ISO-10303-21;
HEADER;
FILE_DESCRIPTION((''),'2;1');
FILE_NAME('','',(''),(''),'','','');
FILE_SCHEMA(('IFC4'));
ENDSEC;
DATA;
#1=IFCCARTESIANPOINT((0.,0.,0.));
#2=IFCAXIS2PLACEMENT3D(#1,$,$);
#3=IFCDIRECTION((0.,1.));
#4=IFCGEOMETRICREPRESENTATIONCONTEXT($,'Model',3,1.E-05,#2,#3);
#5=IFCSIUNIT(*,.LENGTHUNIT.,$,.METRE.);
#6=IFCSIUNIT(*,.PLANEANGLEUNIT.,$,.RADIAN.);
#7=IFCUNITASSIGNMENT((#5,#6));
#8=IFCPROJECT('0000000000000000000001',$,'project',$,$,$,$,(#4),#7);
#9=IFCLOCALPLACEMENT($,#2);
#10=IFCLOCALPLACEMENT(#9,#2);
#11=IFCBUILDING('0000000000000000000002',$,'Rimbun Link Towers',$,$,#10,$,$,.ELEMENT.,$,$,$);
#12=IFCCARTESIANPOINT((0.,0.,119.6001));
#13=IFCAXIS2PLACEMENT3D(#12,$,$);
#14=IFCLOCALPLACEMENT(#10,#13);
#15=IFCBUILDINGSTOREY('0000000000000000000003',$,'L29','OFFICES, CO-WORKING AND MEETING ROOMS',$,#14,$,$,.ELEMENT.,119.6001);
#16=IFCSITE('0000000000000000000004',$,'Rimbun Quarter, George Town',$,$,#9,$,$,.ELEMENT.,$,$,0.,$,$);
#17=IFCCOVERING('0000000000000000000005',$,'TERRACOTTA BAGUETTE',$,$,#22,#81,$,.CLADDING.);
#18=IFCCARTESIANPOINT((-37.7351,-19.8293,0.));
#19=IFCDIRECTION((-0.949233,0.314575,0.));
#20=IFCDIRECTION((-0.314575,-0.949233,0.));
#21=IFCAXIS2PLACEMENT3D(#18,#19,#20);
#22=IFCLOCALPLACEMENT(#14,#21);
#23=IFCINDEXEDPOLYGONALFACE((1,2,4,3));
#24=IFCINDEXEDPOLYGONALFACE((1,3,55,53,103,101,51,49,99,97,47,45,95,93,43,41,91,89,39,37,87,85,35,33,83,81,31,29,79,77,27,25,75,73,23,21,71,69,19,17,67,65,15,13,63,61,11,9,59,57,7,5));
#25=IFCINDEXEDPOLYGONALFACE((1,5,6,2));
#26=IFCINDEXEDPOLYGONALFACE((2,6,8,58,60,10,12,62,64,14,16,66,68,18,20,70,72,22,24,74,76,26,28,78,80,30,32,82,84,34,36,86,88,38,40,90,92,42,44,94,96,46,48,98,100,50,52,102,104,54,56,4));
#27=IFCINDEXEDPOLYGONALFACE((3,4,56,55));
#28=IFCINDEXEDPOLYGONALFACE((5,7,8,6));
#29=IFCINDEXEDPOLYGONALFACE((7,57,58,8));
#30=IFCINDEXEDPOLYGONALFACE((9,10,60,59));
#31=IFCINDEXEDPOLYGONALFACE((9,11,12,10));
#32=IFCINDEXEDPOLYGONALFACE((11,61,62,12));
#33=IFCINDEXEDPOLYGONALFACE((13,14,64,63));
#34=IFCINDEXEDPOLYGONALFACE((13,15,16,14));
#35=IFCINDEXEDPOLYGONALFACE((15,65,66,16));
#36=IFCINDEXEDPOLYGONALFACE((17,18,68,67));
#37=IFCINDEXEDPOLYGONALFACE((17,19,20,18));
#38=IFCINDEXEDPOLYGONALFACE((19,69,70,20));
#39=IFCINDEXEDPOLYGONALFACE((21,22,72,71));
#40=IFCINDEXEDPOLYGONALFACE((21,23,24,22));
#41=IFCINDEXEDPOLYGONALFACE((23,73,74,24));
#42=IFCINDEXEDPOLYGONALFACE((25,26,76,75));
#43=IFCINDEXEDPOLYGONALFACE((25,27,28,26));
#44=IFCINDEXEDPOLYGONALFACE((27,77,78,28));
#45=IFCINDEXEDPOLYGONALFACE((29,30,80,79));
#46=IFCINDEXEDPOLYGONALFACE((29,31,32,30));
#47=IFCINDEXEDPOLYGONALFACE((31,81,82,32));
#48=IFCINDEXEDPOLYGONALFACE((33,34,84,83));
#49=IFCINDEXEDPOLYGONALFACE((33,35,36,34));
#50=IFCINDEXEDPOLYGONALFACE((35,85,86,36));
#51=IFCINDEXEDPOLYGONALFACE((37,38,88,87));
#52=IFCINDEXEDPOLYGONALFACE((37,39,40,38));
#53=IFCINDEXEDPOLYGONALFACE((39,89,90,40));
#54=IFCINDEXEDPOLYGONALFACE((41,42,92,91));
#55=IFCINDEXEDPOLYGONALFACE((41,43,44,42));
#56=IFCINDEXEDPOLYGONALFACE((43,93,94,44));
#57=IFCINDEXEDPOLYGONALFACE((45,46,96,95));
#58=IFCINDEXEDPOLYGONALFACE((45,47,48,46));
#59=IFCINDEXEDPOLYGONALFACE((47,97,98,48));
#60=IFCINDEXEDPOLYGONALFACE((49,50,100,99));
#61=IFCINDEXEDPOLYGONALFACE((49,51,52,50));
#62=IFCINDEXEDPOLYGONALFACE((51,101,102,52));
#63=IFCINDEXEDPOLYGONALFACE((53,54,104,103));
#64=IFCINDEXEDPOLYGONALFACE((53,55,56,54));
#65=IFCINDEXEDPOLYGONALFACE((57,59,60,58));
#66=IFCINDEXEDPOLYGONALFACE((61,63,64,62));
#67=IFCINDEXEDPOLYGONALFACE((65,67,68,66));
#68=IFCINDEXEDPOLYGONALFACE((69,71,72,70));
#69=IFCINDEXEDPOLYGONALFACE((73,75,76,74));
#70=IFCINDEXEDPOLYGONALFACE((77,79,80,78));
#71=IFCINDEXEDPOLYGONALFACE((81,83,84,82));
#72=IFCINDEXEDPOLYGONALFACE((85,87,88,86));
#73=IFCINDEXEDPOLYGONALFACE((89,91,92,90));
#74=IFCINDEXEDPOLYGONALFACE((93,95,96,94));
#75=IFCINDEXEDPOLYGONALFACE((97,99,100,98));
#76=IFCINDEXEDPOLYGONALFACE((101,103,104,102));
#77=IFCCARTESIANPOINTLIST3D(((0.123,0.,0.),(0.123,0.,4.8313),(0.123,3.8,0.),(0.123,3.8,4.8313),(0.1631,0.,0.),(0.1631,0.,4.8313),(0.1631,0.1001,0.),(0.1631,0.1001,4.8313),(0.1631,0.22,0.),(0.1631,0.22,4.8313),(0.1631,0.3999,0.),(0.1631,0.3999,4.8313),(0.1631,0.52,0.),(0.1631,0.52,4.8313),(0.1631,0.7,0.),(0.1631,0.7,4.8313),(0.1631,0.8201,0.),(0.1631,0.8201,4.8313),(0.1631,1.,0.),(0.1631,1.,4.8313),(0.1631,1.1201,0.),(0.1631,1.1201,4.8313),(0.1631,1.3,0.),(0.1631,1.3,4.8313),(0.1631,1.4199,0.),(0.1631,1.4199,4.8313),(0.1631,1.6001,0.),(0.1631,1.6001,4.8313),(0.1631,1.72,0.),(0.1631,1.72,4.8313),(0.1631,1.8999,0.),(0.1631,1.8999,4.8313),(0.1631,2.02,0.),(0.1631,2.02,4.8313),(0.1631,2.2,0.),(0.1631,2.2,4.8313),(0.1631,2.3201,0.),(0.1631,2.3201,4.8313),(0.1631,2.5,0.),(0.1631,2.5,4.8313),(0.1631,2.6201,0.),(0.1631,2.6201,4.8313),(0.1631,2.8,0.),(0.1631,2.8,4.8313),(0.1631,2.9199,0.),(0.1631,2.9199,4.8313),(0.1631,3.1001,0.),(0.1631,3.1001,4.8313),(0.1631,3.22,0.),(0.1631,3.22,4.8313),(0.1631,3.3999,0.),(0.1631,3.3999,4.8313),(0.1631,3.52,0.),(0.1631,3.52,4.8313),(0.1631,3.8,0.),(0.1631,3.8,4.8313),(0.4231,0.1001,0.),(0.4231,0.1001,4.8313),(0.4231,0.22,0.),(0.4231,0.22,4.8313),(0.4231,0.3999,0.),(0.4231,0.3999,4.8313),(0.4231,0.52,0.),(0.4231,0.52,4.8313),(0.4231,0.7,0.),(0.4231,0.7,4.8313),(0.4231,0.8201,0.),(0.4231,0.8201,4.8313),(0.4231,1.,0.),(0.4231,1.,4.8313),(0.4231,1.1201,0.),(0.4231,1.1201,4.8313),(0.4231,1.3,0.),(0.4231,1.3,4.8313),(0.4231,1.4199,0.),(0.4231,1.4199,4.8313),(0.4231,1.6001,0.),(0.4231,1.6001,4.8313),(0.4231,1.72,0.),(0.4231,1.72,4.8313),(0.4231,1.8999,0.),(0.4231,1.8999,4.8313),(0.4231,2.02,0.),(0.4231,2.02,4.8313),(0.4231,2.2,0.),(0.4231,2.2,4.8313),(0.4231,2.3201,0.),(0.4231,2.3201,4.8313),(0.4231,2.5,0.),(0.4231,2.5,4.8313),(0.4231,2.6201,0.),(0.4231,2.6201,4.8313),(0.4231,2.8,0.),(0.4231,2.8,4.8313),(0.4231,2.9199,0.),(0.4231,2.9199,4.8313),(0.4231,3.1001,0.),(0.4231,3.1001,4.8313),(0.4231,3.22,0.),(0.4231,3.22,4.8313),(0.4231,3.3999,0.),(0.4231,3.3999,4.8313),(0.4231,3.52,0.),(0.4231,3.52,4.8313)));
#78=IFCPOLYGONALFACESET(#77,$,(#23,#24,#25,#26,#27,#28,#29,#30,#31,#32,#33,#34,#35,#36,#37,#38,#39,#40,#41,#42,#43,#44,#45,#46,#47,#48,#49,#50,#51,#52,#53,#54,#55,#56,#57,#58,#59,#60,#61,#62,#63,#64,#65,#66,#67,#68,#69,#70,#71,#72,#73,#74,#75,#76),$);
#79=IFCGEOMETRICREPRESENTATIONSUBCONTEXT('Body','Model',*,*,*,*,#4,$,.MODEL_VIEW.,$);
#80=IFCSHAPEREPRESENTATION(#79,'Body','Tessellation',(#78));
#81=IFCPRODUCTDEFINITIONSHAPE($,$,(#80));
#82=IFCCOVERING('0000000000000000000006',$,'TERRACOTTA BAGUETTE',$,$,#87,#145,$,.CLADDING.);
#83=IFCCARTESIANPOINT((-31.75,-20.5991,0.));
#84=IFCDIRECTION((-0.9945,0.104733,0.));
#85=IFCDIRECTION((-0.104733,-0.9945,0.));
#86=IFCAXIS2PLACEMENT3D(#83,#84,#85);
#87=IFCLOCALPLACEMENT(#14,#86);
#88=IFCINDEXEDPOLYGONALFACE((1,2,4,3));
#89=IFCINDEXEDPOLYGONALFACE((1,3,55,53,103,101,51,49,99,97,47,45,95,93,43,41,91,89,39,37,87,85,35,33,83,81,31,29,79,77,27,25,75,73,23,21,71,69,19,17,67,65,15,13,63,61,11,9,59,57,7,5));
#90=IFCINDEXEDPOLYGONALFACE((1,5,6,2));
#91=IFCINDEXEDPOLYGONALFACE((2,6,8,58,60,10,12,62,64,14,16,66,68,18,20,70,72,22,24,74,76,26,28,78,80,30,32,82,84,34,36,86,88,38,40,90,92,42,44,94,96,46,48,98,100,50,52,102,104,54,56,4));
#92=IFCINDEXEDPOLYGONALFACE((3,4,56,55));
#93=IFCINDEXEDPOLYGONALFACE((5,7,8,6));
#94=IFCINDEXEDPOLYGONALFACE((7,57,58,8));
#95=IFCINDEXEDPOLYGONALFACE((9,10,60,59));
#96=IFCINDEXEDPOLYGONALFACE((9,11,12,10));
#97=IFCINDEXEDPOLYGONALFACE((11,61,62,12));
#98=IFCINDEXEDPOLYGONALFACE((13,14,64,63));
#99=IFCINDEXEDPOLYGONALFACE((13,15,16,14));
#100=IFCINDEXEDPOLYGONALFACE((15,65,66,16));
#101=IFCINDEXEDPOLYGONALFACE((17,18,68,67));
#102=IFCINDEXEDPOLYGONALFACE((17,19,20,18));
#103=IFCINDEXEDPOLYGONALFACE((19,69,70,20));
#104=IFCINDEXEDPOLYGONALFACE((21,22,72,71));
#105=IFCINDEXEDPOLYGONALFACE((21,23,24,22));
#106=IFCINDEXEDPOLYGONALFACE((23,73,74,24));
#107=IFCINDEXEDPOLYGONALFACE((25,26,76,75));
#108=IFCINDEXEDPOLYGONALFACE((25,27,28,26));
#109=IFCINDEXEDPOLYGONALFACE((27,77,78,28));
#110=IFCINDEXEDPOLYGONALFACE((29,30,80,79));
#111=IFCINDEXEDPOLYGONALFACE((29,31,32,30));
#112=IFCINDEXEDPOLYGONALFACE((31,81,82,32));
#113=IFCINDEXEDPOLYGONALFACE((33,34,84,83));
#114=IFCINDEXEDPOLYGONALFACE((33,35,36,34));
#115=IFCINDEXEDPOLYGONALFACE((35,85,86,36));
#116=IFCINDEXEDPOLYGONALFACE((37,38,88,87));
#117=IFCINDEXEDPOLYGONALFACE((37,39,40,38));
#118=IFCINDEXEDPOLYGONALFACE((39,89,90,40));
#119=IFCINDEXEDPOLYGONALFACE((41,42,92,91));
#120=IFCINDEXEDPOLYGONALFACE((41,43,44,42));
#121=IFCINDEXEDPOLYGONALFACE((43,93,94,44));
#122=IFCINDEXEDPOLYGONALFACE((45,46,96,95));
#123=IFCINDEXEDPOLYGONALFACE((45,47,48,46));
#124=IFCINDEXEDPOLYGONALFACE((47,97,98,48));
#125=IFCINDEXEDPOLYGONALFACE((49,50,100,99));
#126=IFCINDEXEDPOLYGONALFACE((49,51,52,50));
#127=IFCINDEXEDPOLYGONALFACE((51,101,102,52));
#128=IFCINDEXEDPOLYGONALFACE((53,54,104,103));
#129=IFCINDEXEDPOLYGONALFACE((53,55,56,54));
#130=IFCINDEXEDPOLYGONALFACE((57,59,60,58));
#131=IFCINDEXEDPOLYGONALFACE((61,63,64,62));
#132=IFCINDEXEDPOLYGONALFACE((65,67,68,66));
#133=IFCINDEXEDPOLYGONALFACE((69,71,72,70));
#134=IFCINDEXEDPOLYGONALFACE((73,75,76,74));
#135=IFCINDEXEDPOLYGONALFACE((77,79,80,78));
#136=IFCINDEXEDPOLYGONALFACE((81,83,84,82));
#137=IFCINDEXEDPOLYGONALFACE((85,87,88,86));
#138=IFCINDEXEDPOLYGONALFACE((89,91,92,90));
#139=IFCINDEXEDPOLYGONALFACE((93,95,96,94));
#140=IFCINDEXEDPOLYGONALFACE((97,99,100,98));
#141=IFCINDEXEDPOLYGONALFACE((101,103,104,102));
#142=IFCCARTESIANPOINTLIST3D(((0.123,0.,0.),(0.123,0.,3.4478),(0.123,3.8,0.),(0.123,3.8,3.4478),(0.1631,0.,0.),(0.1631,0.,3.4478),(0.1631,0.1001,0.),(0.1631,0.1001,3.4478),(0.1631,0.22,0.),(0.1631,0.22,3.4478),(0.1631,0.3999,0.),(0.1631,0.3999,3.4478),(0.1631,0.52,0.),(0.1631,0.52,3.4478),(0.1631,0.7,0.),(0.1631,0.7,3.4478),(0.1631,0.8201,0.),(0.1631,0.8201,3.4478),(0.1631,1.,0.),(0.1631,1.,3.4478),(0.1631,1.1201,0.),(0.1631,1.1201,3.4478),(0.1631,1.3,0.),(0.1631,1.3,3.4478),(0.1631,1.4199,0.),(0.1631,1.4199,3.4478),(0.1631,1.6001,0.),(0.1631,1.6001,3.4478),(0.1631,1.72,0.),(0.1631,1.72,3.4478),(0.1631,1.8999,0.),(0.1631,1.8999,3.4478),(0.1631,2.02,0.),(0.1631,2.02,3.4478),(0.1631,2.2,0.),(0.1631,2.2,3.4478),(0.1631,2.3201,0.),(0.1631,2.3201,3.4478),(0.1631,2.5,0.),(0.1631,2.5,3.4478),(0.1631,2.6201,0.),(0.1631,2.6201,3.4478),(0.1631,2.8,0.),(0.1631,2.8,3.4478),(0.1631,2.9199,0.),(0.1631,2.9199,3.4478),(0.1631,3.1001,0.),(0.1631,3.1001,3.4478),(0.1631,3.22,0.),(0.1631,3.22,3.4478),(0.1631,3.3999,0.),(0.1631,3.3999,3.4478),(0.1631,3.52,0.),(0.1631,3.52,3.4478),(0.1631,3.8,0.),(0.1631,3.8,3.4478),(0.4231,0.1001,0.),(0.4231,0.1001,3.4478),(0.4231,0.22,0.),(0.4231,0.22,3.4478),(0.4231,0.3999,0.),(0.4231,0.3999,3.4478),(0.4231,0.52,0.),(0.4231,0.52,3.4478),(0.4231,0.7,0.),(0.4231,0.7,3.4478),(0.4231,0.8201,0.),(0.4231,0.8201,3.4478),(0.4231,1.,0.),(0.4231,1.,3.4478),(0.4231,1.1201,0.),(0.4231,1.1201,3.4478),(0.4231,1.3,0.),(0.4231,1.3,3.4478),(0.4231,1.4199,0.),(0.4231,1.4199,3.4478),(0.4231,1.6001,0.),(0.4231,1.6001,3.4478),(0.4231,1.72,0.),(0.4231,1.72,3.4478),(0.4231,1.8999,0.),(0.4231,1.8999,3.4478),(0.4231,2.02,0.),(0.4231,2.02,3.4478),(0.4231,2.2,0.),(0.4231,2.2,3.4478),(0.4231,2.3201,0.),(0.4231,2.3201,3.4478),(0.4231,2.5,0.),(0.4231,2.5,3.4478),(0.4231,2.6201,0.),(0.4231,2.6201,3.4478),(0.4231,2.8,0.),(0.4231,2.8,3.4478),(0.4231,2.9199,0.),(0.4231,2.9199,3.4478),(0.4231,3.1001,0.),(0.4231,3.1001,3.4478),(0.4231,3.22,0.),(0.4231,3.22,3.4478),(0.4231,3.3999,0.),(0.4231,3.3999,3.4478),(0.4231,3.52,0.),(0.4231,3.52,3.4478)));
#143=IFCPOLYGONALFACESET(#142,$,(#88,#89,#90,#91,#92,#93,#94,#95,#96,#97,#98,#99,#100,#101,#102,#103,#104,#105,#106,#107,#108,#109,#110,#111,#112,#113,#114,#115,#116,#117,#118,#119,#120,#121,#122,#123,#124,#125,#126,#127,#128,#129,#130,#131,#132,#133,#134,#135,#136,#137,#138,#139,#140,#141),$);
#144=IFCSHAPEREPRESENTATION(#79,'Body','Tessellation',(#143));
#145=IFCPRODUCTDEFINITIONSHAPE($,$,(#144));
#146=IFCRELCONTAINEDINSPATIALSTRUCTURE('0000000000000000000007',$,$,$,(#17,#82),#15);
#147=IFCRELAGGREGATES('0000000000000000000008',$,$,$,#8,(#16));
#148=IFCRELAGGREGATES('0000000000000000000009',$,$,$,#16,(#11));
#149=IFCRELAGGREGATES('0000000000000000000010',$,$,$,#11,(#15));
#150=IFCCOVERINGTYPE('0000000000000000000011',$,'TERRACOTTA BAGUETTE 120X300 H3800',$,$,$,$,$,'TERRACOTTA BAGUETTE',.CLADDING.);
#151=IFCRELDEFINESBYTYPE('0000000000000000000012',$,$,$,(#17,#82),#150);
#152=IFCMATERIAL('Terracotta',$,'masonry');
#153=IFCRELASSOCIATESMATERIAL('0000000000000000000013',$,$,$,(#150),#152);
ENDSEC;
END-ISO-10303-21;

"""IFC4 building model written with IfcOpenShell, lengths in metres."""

from ifc_helpers import new_model, si_unit, direction, frame, origin, place, context, subcontext, project, spatial, polyline, outline, extrude, material, material_profile, profile_set, type_object, element, save


model = new_model("IFC4")

# Units and contexts
model_context = context("Model", 3, precision=1e-05, world=origin(), true_north=direction((0.0, 1.0)))
body_context = subcontext(model_context, "Body", "Model", "MODEL_VIEW")
ifc_project = project(units=[si_unit("LENGTHUNIT", "METRE"), si_unit("PLANEANGLEUNIT", "RADIAN")], contexts=[model_context])

# Site, building, storey
site_placement = place(None, origin())
site = spatial("IfcSite", under=ifc_project, at=site_placement, Name="Rimbun Quarter, George Town", CompositionType="ELEMENT", RefElevation=0.0)
building_placement = place(site_placement, origin())
building = spatial("IfcBuilding", under=site, at=building_placement, Name="Rimbun Link Towers", CompositionType="ELEMENT")
storey_placement = place(building_placement, frame((0.0, 0.0, 119.6001)))
storey = spatial("IfcBuildingStorey", under=building, at=storey_placement, Name="L29", Description="OFFICES, CO-WORKING AND MEETING ROOMS", CompositionType="ELEMENT", Elevation=119.6001)

# Coverings
ifc_material_1 = material(Name="Terracotta", Category="masonry")
ifc_material_profile_1 = material_profile(ifc_material_1, outline(polyline([(0.123, 0.0), (0.1631, 0.0), (0.1631, 0.1001), (0.4231, 0.1001), (0.4231, 0.22), (0.1631, 0.22), (0.1631, 0.3999), (0.4231, 0.3999), (0.4231, 0.52), (0.1631, 0.52), (0.1631, 0.7), (0.4231, 0.7), (0.4231, 0.8201), (0.1631, 0.8201), (0.1631, 1.0), (0.4231, 1.0), (0.4231, 1.1201), (0.1631, 1.1201), (0.1631, 1.3), (0.4231, 1.3), (0.4231, 1.4199), (0.1631, 1.4199), (0.1631, 1.6001), (0.4231, 1.6001), (0.4231, 1.72), (0.1631, 1.72), (0.1631, 1.8999), (0.4231, 1.8999), (0.4231, 2.02), (0.1631, 2.02), (0.1631, 2.2), (0.4231, 2.2), (0.4231, 2.3201), (0.1631, 2.3201), (0.1631, 2.5), (0.4231, 2.5), (0.4231, 2.6201), (0.1631, 2.6201), (0.1631, 2.8), (0.4231, 2.8), (0.4231, 2.9199), (0.1631, 2.9199), (0.1631, 3.1001), (0.4231, 3.1001), (0.4231, 3.22), (0.1631, 3.22), (0.1631, 3.3999), (0.4231, 3.3999), (0.4231, 3.52), (0.1631, 3.52), (0.1631, 3.8), (0.123, 3.8), (0.123, 0.0)])), Name="BAGUETTE 120X300")
ifc_profile_set_1 = profile_set([ifc_material_profile_1], Name="Terracotta")
covering_type = type_object("IfcCoveringType", Name="TERRACOTTA BAGUETTE 120X300 H3800", ElementType="TERRACOTTA BAGUETTE", PredefinedType="CLADDING", material=ifc_profile_set_1)
covering_1_placement = place(storey_placement, frame((-37.7351, -19.8293, 0.0), z_axis=(-0.949233, 0.314575, 0.0), x_axis=(-0.314575, -0.949233, 0.0)))
element("IfcCovering", 1, at=covering_1_placement, inside=storey, type_object=covering_type, Name="TERRACOTTA BAGUETTE", PredefinedType="CLADDING", context=body_context, shape_type="SweptSolid", body=[
    extrude(outline(polyline([(0.123, 0.0), (0.1631, 0.0), (0.1631, 0.1001), (0.4231, 0.1001), (0.4231, 0.22), (0.1631, 0.22), (0.1631, 0.3999), (0.4231, 0.3999), (0.4231, 0.52), (0.1631, 0.52), (0.1631, 0.7), (0.4231, 0.7), (0.4231, 0.8201), (0.1631, 0.8201), (0.1631, 1.0), (0.4231, 1.0), (0.4231, 1.1201), (0.1631, 1.1201), (0.1631, 1.3), (0.4231, 1.3), (0.4231, 1.4199), (0.1631, 1.4199), (0.1631, 1.6001), (0.4231, 1.6001), (0.4231, 1.72), (0.1631, 1.72), (0.1631, 1.8999), (0.4231, 1.8999), (0.4231, 2.02), (0.1631, 2.02), (0.1631, 2.2), (0.4231, 2.2), (0.4231, 2.3201), (0.1631, 2.3201), (0.1631, 2.5), (0.4231, 2.5), (0.4231, 2.6201), (0.1631, 2.6201), (0.1631, 2.8), (0.4231, 2.8), (0.4231, 2.9199), (0.1631, 2.9199), (0.1631, 3.1001), (0.4231, 3.1001), (0.4231, 3.22), (0.1631, 3.22), (0.1631, 3.3999), (0.4231, 3.3999), (0.4231, 3.52), (0.1631, 3.52), (0.1631, 3.8), (0.123, 3.8), (0.123, 0.0)])), origin(), (0.0, 0.0, 1.0), 4.8313),
])
for number, where, z_axis, x_axis, name in (
    (2, (-31.75, -20.5991, 0.0), (-0.9945, 0.104733, 0.0), (-0.104733, -0.9945, 0.0), "TERRACOTTA BAGUETTE"),
):
    element("IfcCovering", number, at=place(storey_placement, frame(where, z_axis=z_axis, x_axis=x_axis)), inside=storey, type_object=covering_type, Name=name, PredefinedType="CLADDING", context=body_context, shape_type="SweptSolid", body=[
        extrude(outline(polyline([(0.123, 0.0), (0.1631, 0.0), (0.1631, 0.1001), (0.4231, 0.1001), (0.4231, 0.22), (0.1631, 0.22), (0.1631, 0.3999), (0.4231, 0.3999), (0.4231, 0.52), (0.1631, 0.52), (0.1631, 0.7), (0.4231, 0.7), (0.4231, 0.8201), (0.1631, 0.8201), (0.1631, 1.0), (0.4231, 1.0), (0.4231, 1.1201), (0.1631, 1.1201), (0.1631, 1.3), (0.4231, 1.3), (0.4231, 1.4199), (0.1631, 1.4199), (0.1631, 1.6001), (0.4231, 1.6001), (0.4231, 1.72), (0.1631, 1.72), (0.1631, 1.8999), (0.4231, 1.8999), (0.4231, 2.02), (0.1631, 2.02), (0.1631, 2.2), (0.4231, 2.2), (0.4231, 2.3201), (0.1631, 2.3201), (0.1631, 2.5), (0.4231, 2.5), (0.4231, 2.6201), (0.1631, 2.6201), (0.1631, 2.8), (0.4231, 2.8), (0.4231, 2.9199), (0.1631, 2.9199), (0.1631, 3.1001), (0.4231, 3.1001), (0.4231, 3.22), (0.1631, 3.22), (0.1631, 3.3999), (0.4231, 3.3999), (0.4231, 3.52), (0.1631, 3.52), (0.1631, 3.8), (0.123, 3.8), (0.123, 0.0)])), origin(), (0.0, 0.0, 1.0), 3.4478),
    ])

save(model, "model.ifc")
